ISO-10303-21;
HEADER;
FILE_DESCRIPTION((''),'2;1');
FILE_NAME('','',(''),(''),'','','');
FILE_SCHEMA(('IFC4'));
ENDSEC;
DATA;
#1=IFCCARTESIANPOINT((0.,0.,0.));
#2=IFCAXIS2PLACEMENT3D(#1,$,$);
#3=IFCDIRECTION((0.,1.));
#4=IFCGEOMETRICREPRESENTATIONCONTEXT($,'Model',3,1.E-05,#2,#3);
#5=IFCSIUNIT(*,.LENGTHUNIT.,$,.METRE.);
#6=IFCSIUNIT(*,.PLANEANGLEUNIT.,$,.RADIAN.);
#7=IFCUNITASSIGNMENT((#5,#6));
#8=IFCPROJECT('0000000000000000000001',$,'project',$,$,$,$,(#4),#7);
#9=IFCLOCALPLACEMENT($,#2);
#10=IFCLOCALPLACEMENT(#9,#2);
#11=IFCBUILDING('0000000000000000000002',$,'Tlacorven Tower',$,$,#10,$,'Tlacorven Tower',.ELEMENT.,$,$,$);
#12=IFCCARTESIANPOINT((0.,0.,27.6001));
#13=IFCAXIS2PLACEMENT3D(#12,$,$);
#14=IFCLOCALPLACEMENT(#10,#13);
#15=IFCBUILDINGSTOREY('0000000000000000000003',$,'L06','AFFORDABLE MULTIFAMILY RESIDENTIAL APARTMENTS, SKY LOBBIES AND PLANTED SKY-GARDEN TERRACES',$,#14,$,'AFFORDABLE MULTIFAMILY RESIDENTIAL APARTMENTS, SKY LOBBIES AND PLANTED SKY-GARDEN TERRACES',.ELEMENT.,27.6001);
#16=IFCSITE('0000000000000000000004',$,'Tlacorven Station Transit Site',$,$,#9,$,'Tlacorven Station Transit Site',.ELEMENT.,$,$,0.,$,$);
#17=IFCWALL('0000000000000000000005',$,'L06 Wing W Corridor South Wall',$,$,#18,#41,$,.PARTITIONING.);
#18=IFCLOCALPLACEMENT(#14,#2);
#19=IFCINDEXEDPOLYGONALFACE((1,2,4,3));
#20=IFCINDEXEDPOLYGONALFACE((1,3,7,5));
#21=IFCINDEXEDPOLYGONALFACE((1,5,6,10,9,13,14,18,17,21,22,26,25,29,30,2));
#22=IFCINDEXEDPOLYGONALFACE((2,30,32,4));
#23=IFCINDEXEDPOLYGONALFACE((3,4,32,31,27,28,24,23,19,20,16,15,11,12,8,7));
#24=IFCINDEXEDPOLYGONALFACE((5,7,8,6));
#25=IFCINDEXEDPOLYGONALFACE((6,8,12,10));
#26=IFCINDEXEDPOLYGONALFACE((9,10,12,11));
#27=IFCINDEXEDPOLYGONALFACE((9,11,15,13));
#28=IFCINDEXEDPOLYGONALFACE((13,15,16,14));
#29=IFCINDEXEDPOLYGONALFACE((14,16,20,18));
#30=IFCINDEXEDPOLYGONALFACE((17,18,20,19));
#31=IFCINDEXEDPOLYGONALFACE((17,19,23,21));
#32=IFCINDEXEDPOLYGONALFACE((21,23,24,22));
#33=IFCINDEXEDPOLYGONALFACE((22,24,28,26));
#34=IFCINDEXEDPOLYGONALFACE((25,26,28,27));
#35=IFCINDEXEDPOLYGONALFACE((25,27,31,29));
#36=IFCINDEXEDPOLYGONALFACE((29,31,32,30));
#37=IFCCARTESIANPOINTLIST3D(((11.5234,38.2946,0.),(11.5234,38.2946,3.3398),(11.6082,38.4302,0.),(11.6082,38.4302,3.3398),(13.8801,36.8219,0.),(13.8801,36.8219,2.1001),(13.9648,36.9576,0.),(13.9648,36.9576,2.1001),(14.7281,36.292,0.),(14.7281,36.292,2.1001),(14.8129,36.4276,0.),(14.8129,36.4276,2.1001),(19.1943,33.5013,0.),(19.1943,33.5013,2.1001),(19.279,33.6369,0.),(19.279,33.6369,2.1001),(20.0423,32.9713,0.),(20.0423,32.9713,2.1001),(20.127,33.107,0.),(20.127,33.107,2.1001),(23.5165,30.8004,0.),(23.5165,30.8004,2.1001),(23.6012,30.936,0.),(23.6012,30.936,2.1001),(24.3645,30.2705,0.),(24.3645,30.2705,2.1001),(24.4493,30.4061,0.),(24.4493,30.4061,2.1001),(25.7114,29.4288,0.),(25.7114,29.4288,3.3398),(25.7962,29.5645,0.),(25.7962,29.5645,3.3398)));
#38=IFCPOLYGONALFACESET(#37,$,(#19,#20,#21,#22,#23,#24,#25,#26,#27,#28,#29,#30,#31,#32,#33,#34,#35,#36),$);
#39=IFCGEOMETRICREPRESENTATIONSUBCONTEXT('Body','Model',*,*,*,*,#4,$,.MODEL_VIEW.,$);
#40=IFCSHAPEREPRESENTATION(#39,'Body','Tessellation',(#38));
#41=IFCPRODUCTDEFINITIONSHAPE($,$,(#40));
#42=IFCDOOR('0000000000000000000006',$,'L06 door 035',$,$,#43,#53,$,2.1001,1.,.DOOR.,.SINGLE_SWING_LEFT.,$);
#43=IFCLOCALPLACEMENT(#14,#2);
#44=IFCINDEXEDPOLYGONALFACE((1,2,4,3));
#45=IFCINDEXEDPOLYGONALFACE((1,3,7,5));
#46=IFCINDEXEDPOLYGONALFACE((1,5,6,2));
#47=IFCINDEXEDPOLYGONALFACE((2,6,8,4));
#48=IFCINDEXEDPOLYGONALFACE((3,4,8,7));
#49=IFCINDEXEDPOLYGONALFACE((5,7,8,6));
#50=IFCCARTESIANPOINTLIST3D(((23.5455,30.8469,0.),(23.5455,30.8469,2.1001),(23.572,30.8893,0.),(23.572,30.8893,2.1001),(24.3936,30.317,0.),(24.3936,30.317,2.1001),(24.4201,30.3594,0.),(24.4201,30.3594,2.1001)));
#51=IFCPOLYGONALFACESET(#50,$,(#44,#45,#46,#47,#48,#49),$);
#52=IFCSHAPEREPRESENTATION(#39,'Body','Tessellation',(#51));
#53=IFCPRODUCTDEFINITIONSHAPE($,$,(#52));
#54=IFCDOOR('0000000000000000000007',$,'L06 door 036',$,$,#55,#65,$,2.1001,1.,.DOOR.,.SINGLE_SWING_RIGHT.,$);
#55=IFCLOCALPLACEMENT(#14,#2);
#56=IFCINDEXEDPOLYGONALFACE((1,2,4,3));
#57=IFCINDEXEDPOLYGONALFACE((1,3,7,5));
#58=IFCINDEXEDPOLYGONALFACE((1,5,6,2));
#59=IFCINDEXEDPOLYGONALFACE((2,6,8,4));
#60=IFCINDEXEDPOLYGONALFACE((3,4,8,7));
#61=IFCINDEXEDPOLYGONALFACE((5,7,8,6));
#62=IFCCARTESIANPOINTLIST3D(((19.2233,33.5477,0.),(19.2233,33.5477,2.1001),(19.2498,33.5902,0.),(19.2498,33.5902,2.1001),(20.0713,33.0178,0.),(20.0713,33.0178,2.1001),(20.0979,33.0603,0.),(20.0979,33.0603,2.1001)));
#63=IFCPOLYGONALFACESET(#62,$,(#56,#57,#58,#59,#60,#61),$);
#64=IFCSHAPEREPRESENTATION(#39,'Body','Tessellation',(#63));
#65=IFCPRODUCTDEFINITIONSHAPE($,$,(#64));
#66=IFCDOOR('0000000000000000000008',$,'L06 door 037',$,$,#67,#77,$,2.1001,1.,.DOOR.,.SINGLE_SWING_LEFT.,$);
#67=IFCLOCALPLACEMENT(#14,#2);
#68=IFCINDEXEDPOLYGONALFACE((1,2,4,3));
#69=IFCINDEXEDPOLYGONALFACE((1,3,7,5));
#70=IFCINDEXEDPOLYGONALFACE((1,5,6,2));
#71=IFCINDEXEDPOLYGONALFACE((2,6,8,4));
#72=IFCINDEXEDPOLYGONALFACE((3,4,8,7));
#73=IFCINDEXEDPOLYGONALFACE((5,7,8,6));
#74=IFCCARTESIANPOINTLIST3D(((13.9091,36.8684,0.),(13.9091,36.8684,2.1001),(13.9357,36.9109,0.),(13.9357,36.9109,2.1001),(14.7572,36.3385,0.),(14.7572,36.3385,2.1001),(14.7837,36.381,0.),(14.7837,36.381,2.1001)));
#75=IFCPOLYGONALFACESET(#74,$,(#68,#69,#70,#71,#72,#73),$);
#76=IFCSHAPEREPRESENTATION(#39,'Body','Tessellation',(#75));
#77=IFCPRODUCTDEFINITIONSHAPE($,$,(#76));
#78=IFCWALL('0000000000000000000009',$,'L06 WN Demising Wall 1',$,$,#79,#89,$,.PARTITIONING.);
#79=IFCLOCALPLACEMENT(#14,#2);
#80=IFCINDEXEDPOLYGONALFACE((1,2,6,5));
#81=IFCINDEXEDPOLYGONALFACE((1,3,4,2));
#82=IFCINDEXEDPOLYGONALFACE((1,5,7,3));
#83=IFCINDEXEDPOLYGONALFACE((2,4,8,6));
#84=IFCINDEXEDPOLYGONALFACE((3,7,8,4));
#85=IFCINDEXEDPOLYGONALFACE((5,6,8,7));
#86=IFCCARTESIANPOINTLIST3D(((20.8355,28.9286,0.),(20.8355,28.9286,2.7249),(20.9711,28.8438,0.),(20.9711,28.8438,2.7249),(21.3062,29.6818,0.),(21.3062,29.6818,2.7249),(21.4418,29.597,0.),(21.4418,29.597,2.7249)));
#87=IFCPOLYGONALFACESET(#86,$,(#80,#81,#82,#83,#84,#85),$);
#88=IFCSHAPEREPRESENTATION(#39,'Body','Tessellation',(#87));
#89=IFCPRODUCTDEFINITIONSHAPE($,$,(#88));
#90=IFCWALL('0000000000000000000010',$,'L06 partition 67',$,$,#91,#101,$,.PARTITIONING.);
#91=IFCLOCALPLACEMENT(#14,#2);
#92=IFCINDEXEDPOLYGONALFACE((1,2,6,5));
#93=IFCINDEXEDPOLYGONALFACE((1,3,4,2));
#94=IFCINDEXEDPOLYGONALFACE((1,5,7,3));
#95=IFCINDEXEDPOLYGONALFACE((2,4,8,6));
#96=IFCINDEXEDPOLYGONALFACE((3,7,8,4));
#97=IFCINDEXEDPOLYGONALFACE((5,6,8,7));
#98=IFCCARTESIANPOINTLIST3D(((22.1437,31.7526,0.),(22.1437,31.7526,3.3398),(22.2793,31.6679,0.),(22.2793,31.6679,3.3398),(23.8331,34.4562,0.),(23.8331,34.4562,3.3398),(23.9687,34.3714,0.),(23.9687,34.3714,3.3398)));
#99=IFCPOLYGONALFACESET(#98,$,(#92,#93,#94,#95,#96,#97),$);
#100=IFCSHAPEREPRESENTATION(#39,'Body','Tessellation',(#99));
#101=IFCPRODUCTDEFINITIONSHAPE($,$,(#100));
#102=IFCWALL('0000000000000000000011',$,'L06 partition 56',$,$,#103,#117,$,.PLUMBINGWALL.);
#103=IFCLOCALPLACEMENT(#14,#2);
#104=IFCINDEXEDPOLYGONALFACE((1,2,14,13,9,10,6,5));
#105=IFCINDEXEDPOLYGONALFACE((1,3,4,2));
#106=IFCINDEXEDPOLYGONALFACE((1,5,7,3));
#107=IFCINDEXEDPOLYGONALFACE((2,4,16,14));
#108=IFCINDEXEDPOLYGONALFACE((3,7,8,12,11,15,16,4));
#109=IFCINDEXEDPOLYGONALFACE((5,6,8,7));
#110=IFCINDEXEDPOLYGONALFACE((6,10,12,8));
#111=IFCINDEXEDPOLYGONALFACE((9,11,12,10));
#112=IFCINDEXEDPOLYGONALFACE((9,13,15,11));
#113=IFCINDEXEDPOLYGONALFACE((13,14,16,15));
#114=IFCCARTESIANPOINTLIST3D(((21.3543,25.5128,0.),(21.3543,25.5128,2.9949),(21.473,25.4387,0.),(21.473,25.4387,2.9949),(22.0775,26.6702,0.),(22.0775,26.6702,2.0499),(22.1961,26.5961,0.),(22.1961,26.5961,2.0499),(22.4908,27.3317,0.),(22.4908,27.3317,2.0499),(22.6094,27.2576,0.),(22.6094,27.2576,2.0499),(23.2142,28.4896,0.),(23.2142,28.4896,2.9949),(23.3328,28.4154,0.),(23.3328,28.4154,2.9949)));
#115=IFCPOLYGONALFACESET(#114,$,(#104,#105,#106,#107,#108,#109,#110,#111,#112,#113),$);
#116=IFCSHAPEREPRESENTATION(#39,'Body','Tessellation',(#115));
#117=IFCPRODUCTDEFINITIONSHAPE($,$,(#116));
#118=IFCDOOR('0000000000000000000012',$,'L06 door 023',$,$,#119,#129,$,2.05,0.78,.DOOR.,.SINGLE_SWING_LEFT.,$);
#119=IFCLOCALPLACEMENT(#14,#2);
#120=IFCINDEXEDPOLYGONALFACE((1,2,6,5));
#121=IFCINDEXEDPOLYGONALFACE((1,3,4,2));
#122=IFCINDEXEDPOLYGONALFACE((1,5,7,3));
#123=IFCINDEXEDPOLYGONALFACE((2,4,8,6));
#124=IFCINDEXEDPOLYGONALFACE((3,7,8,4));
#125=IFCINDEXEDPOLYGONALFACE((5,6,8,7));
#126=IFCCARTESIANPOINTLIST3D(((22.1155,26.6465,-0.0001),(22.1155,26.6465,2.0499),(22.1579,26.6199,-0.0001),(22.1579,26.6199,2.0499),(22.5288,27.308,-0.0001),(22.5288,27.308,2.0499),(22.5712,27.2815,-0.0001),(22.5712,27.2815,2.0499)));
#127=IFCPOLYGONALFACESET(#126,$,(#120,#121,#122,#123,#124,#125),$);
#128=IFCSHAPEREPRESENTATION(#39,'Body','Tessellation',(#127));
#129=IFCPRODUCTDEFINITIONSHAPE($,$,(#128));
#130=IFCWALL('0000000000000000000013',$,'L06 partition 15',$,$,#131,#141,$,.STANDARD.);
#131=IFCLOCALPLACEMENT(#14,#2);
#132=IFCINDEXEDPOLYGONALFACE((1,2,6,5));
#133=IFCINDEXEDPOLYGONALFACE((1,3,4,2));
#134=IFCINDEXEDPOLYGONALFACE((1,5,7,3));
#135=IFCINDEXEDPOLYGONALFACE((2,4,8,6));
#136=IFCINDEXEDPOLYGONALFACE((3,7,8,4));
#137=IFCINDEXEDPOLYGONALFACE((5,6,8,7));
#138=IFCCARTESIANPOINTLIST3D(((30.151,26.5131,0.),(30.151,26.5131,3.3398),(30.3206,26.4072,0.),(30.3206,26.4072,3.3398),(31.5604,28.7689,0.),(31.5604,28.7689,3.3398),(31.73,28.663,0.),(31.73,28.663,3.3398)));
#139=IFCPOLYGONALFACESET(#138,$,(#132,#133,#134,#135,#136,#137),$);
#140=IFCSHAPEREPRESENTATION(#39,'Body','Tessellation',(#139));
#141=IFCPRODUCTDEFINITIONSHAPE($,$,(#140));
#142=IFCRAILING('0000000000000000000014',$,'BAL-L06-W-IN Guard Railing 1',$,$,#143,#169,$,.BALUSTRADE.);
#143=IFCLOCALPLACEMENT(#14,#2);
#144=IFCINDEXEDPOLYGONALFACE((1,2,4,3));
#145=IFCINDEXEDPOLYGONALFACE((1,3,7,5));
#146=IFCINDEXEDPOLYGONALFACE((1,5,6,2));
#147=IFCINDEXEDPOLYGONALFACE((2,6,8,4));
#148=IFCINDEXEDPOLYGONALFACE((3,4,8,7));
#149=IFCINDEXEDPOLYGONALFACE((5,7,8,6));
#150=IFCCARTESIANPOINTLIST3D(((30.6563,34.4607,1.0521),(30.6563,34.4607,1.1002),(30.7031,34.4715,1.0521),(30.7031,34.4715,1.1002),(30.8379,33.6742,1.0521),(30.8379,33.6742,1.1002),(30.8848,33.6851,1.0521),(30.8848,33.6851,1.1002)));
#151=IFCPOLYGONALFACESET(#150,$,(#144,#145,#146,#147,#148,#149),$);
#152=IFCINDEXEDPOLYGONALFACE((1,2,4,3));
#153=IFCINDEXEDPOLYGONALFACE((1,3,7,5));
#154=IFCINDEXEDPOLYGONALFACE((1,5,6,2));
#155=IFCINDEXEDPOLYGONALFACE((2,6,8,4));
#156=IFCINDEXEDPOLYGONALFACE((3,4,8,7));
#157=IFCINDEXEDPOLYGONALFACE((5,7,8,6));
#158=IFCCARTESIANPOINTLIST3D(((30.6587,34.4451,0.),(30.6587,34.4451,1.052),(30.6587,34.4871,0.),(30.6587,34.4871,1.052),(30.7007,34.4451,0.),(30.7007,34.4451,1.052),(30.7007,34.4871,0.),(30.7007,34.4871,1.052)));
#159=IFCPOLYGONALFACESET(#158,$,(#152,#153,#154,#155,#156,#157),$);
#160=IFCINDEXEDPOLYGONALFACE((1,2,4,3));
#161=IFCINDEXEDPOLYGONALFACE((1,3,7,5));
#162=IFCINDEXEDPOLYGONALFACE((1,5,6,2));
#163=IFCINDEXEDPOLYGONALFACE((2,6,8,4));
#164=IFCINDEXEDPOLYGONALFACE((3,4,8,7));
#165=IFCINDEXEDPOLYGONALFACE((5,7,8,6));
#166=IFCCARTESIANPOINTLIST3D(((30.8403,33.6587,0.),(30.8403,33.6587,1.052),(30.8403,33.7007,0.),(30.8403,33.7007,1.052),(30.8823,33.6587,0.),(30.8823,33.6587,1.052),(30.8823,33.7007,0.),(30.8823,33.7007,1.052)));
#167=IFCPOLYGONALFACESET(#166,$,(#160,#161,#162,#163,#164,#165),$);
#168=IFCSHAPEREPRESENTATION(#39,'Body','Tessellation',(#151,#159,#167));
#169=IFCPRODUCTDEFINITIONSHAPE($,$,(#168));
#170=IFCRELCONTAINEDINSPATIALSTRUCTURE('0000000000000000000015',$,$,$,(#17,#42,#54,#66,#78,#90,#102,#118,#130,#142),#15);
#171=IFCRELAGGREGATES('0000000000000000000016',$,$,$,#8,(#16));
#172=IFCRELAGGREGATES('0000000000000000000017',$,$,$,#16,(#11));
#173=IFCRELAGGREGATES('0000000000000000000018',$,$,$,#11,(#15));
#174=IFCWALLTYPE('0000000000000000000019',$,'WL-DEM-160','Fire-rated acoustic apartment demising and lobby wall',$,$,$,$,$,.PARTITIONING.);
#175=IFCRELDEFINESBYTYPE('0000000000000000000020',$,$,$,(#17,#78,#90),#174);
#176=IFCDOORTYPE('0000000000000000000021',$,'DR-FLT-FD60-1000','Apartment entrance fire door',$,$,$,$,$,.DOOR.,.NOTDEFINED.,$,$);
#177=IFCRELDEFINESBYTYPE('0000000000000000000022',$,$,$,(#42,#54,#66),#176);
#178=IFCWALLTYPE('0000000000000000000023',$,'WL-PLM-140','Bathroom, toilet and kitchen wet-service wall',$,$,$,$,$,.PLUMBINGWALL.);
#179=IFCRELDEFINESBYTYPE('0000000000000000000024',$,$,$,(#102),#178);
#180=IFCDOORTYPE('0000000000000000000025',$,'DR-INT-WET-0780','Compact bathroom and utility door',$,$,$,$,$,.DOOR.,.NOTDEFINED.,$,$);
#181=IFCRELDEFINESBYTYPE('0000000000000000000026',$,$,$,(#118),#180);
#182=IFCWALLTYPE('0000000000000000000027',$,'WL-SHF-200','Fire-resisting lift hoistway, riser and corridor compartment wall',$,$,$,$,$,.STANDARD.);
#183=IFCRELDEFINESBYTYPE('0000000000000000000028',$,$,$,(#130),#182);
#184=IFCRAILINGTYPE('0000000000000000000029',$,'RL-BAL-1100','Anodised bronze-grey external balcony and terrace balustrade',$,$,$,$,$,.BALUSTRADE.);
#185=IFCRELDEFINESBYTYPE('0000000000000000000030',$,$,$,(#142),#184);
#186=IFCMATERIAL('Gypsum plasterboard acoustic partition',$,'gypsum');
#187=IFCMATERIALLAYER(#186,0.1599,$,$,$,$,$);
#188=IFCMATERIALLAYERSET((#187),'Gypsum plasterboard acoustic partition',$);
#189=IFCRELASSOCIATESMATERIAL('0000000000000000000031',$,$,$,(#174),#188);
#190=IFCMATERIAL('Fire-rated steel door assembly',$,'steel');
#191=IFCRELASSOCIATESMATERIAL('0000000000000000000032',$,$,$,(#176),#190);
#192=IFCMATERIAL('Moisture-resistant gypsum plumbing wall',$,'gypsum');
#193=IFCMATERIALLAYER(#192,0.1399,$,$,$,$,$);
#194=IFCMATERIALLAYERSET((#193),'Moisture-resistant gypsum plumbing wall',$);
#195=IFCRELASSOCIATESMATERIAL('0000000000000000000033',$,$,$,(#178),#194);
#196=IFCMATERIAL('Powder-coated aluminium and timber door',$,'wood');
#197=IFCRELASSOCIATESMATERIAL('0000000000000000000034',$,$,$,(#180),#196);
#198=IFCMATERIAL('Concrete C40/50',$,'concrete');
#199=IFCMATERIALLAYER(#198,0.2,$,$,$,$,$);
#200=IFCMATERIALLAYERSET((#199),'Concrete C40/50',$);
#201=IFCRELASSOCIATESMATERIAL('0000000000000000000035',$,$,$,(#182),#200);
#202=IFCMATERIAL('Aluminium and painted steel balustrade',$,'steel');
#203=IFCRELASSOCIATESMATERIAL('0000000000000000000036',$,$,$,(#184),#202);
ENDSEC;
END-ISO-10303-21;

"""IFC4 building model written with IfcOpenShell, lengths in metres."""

from ifc_helpers import new_model, si_unit, direction, frame, frame_2d, origin, origin_2d, place, context, subcontext, project, spatial, rectangle, extrude, source, transform, mapped, material, layer, layer_set, type_object, element, fill, save


model = new_model("IFC4")

# Units and contexts
model_context = context("Model", 3, precision=1e-05, world=origin(), true_north=direction((0.0, 1.0)))
body_context = subcontext(model_context, "Body", "Model", "MODEL_VIEW")
ifc_project = project(units=[si_unit("LENGTHUNIT", "METRE"), si_unit("PLANEANGLEUNIT", "RADIAN")], contexts=[model_context])

# Site, building, storey
site_placement = place(None, origin())
site = spatial("IfcSite", under=ifc_project, at=site_placement, Name="Tlacorven Station Transit Site", LongName="Tlacorven Station Transit Site", CompositionType="ELEMENT", RefElevation=0.0)
building_placement = place(site_placement, origin())
building = spatial("IfcBuilding", under=site, at=building_placement, Name="Tlacorven Tower", LongName="Tlacorven Tower", CompositionType="ELEMENT")
storey_placement = place(building_placement, frame((0.0, 0.0, 27.6001)))
storey = spatial("IfcBuildingStorey", under=building, at=storey_placement, Name="L06", Description="AFFORDABLE MULTIFAMILY RESIDENTIAL APARTMENTS, SKY LOBBIES AND PLANTED SKY-GARDEN TERRACES", LongName="AFFORDABLE MULTIFAMILY RESIDENTIAL APARTMENTS, SKY LOBBIES AND PLANTED SKY-GARDEN TERRACES", CompositionType="ELEMENT", Elevation=27.6001)

# Shared definitions
ifc_material_1 = material(Name="Gypsum plasterboard acoustic partition", Category="gypsum")
ifc_layer_1 = layer(ifc_material_1, 0.1599)
ifc_layer_set_1 = layer_set([ifc_layer_1], Name="Gypsum plasterboard acoustic partition")
wall_type_1 = type_object("IfcWallType", Name="WL-DEM-160", Description="Fire-rated acoustic apartment demising and lobby wall", PredefinedType="PARTITIONING", material=ifc_layer_set_1)
ifc_material_2 = material(Name="Fire-rated steel door assembly", Category="steel")

# Wall, openings, doors
wall_1_placement = place(storey_placement, frame((25.7539, 29.4966, 0.0), z_axis=(0.0, 0.0, 1.0), x_axis=(-0.848046, 0.529923, 0.0)))
wall_1 = element("IfcWall", 1, at=wall_1_placement, inside=storey, type_object=wall_type_1, Name="L06 Wing W Corridor South Wall", PredefinedType="PARTITIONING", context=body_context, shape_type="SweptSolid", body=[
    extrude(rectangle(XDim=16.7302, YDim=0.1599, at=frame_2d((8.3652, 0.0))), origin(), (0.0, 0.0, 1.0), 3.3398),
])
opening_1_placement = place(wall_1_placement, frame((1.5884, 0.0, 0.0)))
opening_1 = element("IfcOpeningElement", 2, at=opening_1_placement, cuts=wall_1, PredefinedType="OPENING", context=body_context, shape_type="SweptSolid", body=[
    extrude(rectangle(XDim=1.0, YDim=2.1001, at=frame_2d((0.5, 1.05))), frame((0.0, 0.0898, 0.0), z_axis=(0.0, -1.0, 0.0), x_axis=(1.0, 0.0, 0.0)), (0.0, 0.0, 1.0), 0.1799),
])
opening_2_placement = place(wall_1_placement, frame((6.6851, 0.0, 0.0)))
opening_2 = element("IfcOpeningElement", 3, at=opening_2_placement, cuts=wall_1, PredefinedType="OPENING", context=body_context, shape_type="SweptSolid", body=[
    extrude(rectangle(XDim=1.0, YDim=2.1001, at=frame_2d((0.5, 1.05))), frame((0.0, 0.0898, 0.0), z_axis=(0.0, -1.0, 0.0), x_axis=(1.0, 0.0, 0.0)), (0.0, 0.0, 1.0), 0.1799),
])
opening_3_placement = place(wall_1_placement, frame((12.9514, 0.0, 0.0)))
opening_3 = element("IfcOpeningElement", 4, at=opening_3_placement, cuts=wall_1, PredefinedType="OPENING", context=body_context, shape_type="SweptSolid", body=[
    extrude(rectangle(XDim=1.0, YDim=2.1001, at=frame_2d((0.5, 1.05))), frame((0.0, 0.0898, 0.0), z_axis=(0.0, -1.0, 0.0), x_axis=(1.0, 0.0, 0.0)), (0.0, 0.0, 1.0), 0.1799),
])
door_type_1 = type_object("IfcDoorType", Name="DR-FLT-FD60-1000", Description="Apartment entrance fire door", OperationType="NOTDEFINED", PredefinedType="DOOR", material=ifc_material_2)
shared_shape_1 = source(origin(), body_context, "Body", "SweptSolid", [
    extrude(rectangle(XDim=1.0, YDim=2.1001, at=frame_2d((0.5, 1.05))), frame((0.0, 0.0249, 0.0), z_axis=(0.0, -1.0, 0.0), x_axis=(1.0, 0.0, 0.0)), (0.0, 0.0, 1.0), 0.05),
])
door_1_placement = place(opening_1_placement, frame((1.0, 0.0, 0.0), z_axis=(0.0, 0.0, 1.0), x_axis=(-1.0, 0.0, 0.0)))
door_1 = element("IfcDoor", 5, at=door_1_placement, inside=storey, type_object=door_type_1, Name="L06 door 035", OperationType="SINGLE_SWING_LEFT", OverallHeight=2.1001, OverallWidth=1.0, PredefinedType="DOOR", context=body_context, shape_type="MappedRepresentation", body=[
    mapped(shared_shape_1, transform((0.0, 0.0, 0.0), scale=1.0)),
])
fill(opening_1, door_1)
door_2_placement = place(opening_2_placement, frame((1.0, 0.0, 0.0), z_axis=(0.0, 0.0, 1.0), x_axis=(-1.0, 0.0, 0.0)))
door_2 = element("IfcDoor", 6, at=door_2_placement, inside=storey, type_object=door_type_1, Name="L06 door 036", OperationType="SINGLE_SWING_RIGHT", OverallHeight=2.1001, OverallWidth=1.0, PredefinedType="DOOR", context=body_context, shape_type="MappedRepresentation", body=[
    mapped(shared_shape_1, transform((0.0, 0.0, 0.0), scale=1.0)),
])
fill(opening_2, door_2)
door_3_placement = place(opening_3_placement, frame((1.0, 0.0, 0.0), z_axis=(0.0, 0.0, 1.0), x_axis=(-1.0, 0.0, 0.0)))
door_3 = element("IfcDoor", 7, at=door_3_placement, inside=storey, type_object=door_type_1, Name="L06 door 037", OperationType="SINGLE_SWING_LEFT", OverallHeight=2.1001, OverallWidth=1.0, PredefinedType="DOOR", context=body_context, shape_type="MappedRepresentation", body=[
    mapped(shared_shape_1, transform((0.0, 0.0, 0.0), scale=1.0)),
])
fill(opening_3, door_3)

# Walls
wall_2_placement = place(storey_placement, frame((21.374, 29.6394, 0.0), z_axis=(0.0, 0.0, 1.0), x_axis=(-0.529974, -0.848014, 0.0)))
element("IfcWall", 8, at=wall_2_placement, inside=storey, type_object=wall_type_1, Name="L06 WN Demising Wall 1", PredefinedType="PARTITIONING", context=body_context, shape_type="SweptSolid", body=[
    extrude(rectangle(XDim=0.8882, YDim=0.1599, at=frame_2d((0.4441, 0.0))), origin(), (0.0, 0.0, 1.0), 2.7249),
])
wall_3_placement = place(storey_placement, frame((23.9009, 34.4138, 0.0), z_axis=(0.0, 0.0, 1.0), x_axis=(-0.52993, -0.848041, 0.0)))
element("IfcWall", 9, at=wall_3_placement, inside=storey, type_object=wall_type_1, Name="L06 partition 67", PredefinedType="PARTITIONING", context=body_context, shape_type="SweptSolid", body=[
    extrude(rectangle(XDim=3.188, YDim=0.1599, at=frame_2d((1.594, 0.0))), origin(), (0.0, 0.0, 1.0), 3.3398),
])

# Wall, opening, door
ifc_material_3 = material(Name="Moisture-resistant gypsum plumbing wall", Category="gypsum")
ifc_layer_2 = layer(ifc_material_3, 0.1399)
ifc_layer_set_2 = layer_set([ifc_layer_2], Name="Moisture-resistant gypsum plumbing wall")
wall_type_2 = type_object("IfcWallType", Name="WL-PLM-140", Description="Bathroom, toilet and kitchen wet-service wall", PredefinedType="PLUMBINGWALL", material=ifc_layer_set_2)
wall_4_placement = place(storey_placement, frame((23.2734, 28.4524, 0.0), z_axis=(0.0, 0.0, 1.0), x_axis=(-0.529868, -0.84808, 0.0)))
wall_4 = element("IfcWall", 10, at=wall_4_placement, inside=storey, type_object=wall_type_2, Name="L06 partition 56", PredefinedType="PLUMBINGWALL", context=body_context, shape_type="SweptSolid", body=[
    extrude(rectangle(XDim=3.51, YDim=0.1399, at=frame_2d((1.7549, 0.0))), origin(), (0.0, 0.0, 1.0), 2.9949),
])
opening_4_placement = place(wall_4_placement, frame((1.365, 0.0, 0.0)))
opening_4 = element("IfcOpeningElement", 11, at=opening_4_placement, cuts=wall_4, PredefinedType="OPENING", context=body_context, shape_type="SweptSolid", body=[
    extrude(rectangle(XDim=0.78, YDim=2.05, at=frame_2d((0.3901, 1.0249))), frame((0.0, 0.0801, 0.0), z_axis=(0.0, -1.0, 0.0), x_axis=(1.0, 0.0, 0.0)), (0.0, 0.0, 1.0), 0.1599),
])
ifc_material_4 = material(Name="Powder-coated aluminium and timber door", Category="wood")
door_type_2 = type_object("IfcDoorType", Name="DR-INT-WET-0780", Description="Compact bathroom and utility door", OperationType="NOTDEFINED", PredefinedType="DOOR", material=ifc_material_4)
shared_shape_2 = source(origin(), body_context, "Body", "SweptSolid", [
    extrude(rectangle(XDim=0.78, YDim=2.05, at=frame_2d((0.3901, 1.0249))), frame((0.0, 0.0249, 0.0), z_axis=(0.0, -1.0, 0.0), x_axis=(1.0, 0.0, 0.0)), (0.0, 0.0, 1.0), 0.05),
])
door_4_placement = place(opening_4_placement, origin())
door_4 = element("IfcDoor", 12, at=door_4_placement, inside=storey, type_object=door_type_2, Name="L06 door 023", OperationType="SINGLE_SWING_LEFT", OverallHeight=2.05, OverallWidth=0.78, PredefinedType="DOOR", context=body_context, shape_type="MappedRepresentation", body=[
    mapped(shared_shape_2, transform((0.0, 0.0, 0.0), scale=1.0)),
])
fill(opening_4, door_4)

# Wall
ifc_material_5 = material(Name="Concrete C40/50", Category="concrete")
ifc_layer_3 = layer(ifc_material_5, 0.2)
ifc_layer_set_3 = layer_set([ifc_layer_3], Name="Concrete C40/50")
wall_type_3 = type_object("IfcWallType", Name="WL-SHF-200", Description="Fire-resisting lift hoistway, riser and corridor compartment wall", PredefinedType="STANDARD", material=ifc_layer_set_3)
wall_5_placement = place(storey_placement, frame((31.6453, 28.7161, 0.0), z_axis=(0.0, 0.0, 1.0), x_axis=(-0.529867, -0.848081, 0.0)))
element("IfcWall", 13, at=wall_5_placement, inside=storey, type_object=wall_type_3, Name="L06 partition 15", PredefinedType="STANDARD", context=body_context, shape_type="SweptSolid", body=[
    extrude(rectangle(XDim=2.6599, YDim=0.2, at=frame_2d((1.3301, 0.0))), origin(), (0.0, 0.0, 1.0), 3.3398),
])

# Railing
ifc_material_6 = material(Name="Aluminium and painted steel balustrade", Category="steel")
railing_type = type_object("IfcRailingType", Name="RL-BAL-1100", Description="Anodised bronze-grey external balcony and terrace balustrade", PredefinedType="BALUSTRADE", material=ifc_material_6)
shared_shape_3 = source(origin(), body_context, "Body", "SweptSolid", [
    extrude(rectangle(XDim=0.0481, YDim=0.0481, at=origin_2d()), frame((0.0, 0.0, 1.0762), z_axis=(0.225058, -0.974345, 0.0), x_axis=(0.974345, 0.225058, 0.0)), (0.0, 0.0, 1.0), 0.8071),
    extrude(rectangle(XDim=0.042, YDim=0.042, at=origin_2d()), origin(), (0.0, 0.0, 1.0), 1.052),
    extrude(rectangle(XDim=0.042, YDim=0.042, at=origin_2d()), frame((0.1816, -0.7864, 0.0)), (0.0, 0.0, 1.0), 1.052),
])
railing_1_placement = place(storey_placement, frame((30.6797, 34.4661, 0.0)))
element("IfcRailing", 14, at=railing_1_placement, inside=storey, type_object=railing_type, Name="BAL-L06-W-IN Guard Railing 1", PredefinedType="BALUSTRADE", context=body_context, shape_type="MappedRepresentation", body=[
    mapped(shared_shape_3, transform((0.0, 0.0, 0.0), scale=1.0)),
])

save(model, "model.ifc")
